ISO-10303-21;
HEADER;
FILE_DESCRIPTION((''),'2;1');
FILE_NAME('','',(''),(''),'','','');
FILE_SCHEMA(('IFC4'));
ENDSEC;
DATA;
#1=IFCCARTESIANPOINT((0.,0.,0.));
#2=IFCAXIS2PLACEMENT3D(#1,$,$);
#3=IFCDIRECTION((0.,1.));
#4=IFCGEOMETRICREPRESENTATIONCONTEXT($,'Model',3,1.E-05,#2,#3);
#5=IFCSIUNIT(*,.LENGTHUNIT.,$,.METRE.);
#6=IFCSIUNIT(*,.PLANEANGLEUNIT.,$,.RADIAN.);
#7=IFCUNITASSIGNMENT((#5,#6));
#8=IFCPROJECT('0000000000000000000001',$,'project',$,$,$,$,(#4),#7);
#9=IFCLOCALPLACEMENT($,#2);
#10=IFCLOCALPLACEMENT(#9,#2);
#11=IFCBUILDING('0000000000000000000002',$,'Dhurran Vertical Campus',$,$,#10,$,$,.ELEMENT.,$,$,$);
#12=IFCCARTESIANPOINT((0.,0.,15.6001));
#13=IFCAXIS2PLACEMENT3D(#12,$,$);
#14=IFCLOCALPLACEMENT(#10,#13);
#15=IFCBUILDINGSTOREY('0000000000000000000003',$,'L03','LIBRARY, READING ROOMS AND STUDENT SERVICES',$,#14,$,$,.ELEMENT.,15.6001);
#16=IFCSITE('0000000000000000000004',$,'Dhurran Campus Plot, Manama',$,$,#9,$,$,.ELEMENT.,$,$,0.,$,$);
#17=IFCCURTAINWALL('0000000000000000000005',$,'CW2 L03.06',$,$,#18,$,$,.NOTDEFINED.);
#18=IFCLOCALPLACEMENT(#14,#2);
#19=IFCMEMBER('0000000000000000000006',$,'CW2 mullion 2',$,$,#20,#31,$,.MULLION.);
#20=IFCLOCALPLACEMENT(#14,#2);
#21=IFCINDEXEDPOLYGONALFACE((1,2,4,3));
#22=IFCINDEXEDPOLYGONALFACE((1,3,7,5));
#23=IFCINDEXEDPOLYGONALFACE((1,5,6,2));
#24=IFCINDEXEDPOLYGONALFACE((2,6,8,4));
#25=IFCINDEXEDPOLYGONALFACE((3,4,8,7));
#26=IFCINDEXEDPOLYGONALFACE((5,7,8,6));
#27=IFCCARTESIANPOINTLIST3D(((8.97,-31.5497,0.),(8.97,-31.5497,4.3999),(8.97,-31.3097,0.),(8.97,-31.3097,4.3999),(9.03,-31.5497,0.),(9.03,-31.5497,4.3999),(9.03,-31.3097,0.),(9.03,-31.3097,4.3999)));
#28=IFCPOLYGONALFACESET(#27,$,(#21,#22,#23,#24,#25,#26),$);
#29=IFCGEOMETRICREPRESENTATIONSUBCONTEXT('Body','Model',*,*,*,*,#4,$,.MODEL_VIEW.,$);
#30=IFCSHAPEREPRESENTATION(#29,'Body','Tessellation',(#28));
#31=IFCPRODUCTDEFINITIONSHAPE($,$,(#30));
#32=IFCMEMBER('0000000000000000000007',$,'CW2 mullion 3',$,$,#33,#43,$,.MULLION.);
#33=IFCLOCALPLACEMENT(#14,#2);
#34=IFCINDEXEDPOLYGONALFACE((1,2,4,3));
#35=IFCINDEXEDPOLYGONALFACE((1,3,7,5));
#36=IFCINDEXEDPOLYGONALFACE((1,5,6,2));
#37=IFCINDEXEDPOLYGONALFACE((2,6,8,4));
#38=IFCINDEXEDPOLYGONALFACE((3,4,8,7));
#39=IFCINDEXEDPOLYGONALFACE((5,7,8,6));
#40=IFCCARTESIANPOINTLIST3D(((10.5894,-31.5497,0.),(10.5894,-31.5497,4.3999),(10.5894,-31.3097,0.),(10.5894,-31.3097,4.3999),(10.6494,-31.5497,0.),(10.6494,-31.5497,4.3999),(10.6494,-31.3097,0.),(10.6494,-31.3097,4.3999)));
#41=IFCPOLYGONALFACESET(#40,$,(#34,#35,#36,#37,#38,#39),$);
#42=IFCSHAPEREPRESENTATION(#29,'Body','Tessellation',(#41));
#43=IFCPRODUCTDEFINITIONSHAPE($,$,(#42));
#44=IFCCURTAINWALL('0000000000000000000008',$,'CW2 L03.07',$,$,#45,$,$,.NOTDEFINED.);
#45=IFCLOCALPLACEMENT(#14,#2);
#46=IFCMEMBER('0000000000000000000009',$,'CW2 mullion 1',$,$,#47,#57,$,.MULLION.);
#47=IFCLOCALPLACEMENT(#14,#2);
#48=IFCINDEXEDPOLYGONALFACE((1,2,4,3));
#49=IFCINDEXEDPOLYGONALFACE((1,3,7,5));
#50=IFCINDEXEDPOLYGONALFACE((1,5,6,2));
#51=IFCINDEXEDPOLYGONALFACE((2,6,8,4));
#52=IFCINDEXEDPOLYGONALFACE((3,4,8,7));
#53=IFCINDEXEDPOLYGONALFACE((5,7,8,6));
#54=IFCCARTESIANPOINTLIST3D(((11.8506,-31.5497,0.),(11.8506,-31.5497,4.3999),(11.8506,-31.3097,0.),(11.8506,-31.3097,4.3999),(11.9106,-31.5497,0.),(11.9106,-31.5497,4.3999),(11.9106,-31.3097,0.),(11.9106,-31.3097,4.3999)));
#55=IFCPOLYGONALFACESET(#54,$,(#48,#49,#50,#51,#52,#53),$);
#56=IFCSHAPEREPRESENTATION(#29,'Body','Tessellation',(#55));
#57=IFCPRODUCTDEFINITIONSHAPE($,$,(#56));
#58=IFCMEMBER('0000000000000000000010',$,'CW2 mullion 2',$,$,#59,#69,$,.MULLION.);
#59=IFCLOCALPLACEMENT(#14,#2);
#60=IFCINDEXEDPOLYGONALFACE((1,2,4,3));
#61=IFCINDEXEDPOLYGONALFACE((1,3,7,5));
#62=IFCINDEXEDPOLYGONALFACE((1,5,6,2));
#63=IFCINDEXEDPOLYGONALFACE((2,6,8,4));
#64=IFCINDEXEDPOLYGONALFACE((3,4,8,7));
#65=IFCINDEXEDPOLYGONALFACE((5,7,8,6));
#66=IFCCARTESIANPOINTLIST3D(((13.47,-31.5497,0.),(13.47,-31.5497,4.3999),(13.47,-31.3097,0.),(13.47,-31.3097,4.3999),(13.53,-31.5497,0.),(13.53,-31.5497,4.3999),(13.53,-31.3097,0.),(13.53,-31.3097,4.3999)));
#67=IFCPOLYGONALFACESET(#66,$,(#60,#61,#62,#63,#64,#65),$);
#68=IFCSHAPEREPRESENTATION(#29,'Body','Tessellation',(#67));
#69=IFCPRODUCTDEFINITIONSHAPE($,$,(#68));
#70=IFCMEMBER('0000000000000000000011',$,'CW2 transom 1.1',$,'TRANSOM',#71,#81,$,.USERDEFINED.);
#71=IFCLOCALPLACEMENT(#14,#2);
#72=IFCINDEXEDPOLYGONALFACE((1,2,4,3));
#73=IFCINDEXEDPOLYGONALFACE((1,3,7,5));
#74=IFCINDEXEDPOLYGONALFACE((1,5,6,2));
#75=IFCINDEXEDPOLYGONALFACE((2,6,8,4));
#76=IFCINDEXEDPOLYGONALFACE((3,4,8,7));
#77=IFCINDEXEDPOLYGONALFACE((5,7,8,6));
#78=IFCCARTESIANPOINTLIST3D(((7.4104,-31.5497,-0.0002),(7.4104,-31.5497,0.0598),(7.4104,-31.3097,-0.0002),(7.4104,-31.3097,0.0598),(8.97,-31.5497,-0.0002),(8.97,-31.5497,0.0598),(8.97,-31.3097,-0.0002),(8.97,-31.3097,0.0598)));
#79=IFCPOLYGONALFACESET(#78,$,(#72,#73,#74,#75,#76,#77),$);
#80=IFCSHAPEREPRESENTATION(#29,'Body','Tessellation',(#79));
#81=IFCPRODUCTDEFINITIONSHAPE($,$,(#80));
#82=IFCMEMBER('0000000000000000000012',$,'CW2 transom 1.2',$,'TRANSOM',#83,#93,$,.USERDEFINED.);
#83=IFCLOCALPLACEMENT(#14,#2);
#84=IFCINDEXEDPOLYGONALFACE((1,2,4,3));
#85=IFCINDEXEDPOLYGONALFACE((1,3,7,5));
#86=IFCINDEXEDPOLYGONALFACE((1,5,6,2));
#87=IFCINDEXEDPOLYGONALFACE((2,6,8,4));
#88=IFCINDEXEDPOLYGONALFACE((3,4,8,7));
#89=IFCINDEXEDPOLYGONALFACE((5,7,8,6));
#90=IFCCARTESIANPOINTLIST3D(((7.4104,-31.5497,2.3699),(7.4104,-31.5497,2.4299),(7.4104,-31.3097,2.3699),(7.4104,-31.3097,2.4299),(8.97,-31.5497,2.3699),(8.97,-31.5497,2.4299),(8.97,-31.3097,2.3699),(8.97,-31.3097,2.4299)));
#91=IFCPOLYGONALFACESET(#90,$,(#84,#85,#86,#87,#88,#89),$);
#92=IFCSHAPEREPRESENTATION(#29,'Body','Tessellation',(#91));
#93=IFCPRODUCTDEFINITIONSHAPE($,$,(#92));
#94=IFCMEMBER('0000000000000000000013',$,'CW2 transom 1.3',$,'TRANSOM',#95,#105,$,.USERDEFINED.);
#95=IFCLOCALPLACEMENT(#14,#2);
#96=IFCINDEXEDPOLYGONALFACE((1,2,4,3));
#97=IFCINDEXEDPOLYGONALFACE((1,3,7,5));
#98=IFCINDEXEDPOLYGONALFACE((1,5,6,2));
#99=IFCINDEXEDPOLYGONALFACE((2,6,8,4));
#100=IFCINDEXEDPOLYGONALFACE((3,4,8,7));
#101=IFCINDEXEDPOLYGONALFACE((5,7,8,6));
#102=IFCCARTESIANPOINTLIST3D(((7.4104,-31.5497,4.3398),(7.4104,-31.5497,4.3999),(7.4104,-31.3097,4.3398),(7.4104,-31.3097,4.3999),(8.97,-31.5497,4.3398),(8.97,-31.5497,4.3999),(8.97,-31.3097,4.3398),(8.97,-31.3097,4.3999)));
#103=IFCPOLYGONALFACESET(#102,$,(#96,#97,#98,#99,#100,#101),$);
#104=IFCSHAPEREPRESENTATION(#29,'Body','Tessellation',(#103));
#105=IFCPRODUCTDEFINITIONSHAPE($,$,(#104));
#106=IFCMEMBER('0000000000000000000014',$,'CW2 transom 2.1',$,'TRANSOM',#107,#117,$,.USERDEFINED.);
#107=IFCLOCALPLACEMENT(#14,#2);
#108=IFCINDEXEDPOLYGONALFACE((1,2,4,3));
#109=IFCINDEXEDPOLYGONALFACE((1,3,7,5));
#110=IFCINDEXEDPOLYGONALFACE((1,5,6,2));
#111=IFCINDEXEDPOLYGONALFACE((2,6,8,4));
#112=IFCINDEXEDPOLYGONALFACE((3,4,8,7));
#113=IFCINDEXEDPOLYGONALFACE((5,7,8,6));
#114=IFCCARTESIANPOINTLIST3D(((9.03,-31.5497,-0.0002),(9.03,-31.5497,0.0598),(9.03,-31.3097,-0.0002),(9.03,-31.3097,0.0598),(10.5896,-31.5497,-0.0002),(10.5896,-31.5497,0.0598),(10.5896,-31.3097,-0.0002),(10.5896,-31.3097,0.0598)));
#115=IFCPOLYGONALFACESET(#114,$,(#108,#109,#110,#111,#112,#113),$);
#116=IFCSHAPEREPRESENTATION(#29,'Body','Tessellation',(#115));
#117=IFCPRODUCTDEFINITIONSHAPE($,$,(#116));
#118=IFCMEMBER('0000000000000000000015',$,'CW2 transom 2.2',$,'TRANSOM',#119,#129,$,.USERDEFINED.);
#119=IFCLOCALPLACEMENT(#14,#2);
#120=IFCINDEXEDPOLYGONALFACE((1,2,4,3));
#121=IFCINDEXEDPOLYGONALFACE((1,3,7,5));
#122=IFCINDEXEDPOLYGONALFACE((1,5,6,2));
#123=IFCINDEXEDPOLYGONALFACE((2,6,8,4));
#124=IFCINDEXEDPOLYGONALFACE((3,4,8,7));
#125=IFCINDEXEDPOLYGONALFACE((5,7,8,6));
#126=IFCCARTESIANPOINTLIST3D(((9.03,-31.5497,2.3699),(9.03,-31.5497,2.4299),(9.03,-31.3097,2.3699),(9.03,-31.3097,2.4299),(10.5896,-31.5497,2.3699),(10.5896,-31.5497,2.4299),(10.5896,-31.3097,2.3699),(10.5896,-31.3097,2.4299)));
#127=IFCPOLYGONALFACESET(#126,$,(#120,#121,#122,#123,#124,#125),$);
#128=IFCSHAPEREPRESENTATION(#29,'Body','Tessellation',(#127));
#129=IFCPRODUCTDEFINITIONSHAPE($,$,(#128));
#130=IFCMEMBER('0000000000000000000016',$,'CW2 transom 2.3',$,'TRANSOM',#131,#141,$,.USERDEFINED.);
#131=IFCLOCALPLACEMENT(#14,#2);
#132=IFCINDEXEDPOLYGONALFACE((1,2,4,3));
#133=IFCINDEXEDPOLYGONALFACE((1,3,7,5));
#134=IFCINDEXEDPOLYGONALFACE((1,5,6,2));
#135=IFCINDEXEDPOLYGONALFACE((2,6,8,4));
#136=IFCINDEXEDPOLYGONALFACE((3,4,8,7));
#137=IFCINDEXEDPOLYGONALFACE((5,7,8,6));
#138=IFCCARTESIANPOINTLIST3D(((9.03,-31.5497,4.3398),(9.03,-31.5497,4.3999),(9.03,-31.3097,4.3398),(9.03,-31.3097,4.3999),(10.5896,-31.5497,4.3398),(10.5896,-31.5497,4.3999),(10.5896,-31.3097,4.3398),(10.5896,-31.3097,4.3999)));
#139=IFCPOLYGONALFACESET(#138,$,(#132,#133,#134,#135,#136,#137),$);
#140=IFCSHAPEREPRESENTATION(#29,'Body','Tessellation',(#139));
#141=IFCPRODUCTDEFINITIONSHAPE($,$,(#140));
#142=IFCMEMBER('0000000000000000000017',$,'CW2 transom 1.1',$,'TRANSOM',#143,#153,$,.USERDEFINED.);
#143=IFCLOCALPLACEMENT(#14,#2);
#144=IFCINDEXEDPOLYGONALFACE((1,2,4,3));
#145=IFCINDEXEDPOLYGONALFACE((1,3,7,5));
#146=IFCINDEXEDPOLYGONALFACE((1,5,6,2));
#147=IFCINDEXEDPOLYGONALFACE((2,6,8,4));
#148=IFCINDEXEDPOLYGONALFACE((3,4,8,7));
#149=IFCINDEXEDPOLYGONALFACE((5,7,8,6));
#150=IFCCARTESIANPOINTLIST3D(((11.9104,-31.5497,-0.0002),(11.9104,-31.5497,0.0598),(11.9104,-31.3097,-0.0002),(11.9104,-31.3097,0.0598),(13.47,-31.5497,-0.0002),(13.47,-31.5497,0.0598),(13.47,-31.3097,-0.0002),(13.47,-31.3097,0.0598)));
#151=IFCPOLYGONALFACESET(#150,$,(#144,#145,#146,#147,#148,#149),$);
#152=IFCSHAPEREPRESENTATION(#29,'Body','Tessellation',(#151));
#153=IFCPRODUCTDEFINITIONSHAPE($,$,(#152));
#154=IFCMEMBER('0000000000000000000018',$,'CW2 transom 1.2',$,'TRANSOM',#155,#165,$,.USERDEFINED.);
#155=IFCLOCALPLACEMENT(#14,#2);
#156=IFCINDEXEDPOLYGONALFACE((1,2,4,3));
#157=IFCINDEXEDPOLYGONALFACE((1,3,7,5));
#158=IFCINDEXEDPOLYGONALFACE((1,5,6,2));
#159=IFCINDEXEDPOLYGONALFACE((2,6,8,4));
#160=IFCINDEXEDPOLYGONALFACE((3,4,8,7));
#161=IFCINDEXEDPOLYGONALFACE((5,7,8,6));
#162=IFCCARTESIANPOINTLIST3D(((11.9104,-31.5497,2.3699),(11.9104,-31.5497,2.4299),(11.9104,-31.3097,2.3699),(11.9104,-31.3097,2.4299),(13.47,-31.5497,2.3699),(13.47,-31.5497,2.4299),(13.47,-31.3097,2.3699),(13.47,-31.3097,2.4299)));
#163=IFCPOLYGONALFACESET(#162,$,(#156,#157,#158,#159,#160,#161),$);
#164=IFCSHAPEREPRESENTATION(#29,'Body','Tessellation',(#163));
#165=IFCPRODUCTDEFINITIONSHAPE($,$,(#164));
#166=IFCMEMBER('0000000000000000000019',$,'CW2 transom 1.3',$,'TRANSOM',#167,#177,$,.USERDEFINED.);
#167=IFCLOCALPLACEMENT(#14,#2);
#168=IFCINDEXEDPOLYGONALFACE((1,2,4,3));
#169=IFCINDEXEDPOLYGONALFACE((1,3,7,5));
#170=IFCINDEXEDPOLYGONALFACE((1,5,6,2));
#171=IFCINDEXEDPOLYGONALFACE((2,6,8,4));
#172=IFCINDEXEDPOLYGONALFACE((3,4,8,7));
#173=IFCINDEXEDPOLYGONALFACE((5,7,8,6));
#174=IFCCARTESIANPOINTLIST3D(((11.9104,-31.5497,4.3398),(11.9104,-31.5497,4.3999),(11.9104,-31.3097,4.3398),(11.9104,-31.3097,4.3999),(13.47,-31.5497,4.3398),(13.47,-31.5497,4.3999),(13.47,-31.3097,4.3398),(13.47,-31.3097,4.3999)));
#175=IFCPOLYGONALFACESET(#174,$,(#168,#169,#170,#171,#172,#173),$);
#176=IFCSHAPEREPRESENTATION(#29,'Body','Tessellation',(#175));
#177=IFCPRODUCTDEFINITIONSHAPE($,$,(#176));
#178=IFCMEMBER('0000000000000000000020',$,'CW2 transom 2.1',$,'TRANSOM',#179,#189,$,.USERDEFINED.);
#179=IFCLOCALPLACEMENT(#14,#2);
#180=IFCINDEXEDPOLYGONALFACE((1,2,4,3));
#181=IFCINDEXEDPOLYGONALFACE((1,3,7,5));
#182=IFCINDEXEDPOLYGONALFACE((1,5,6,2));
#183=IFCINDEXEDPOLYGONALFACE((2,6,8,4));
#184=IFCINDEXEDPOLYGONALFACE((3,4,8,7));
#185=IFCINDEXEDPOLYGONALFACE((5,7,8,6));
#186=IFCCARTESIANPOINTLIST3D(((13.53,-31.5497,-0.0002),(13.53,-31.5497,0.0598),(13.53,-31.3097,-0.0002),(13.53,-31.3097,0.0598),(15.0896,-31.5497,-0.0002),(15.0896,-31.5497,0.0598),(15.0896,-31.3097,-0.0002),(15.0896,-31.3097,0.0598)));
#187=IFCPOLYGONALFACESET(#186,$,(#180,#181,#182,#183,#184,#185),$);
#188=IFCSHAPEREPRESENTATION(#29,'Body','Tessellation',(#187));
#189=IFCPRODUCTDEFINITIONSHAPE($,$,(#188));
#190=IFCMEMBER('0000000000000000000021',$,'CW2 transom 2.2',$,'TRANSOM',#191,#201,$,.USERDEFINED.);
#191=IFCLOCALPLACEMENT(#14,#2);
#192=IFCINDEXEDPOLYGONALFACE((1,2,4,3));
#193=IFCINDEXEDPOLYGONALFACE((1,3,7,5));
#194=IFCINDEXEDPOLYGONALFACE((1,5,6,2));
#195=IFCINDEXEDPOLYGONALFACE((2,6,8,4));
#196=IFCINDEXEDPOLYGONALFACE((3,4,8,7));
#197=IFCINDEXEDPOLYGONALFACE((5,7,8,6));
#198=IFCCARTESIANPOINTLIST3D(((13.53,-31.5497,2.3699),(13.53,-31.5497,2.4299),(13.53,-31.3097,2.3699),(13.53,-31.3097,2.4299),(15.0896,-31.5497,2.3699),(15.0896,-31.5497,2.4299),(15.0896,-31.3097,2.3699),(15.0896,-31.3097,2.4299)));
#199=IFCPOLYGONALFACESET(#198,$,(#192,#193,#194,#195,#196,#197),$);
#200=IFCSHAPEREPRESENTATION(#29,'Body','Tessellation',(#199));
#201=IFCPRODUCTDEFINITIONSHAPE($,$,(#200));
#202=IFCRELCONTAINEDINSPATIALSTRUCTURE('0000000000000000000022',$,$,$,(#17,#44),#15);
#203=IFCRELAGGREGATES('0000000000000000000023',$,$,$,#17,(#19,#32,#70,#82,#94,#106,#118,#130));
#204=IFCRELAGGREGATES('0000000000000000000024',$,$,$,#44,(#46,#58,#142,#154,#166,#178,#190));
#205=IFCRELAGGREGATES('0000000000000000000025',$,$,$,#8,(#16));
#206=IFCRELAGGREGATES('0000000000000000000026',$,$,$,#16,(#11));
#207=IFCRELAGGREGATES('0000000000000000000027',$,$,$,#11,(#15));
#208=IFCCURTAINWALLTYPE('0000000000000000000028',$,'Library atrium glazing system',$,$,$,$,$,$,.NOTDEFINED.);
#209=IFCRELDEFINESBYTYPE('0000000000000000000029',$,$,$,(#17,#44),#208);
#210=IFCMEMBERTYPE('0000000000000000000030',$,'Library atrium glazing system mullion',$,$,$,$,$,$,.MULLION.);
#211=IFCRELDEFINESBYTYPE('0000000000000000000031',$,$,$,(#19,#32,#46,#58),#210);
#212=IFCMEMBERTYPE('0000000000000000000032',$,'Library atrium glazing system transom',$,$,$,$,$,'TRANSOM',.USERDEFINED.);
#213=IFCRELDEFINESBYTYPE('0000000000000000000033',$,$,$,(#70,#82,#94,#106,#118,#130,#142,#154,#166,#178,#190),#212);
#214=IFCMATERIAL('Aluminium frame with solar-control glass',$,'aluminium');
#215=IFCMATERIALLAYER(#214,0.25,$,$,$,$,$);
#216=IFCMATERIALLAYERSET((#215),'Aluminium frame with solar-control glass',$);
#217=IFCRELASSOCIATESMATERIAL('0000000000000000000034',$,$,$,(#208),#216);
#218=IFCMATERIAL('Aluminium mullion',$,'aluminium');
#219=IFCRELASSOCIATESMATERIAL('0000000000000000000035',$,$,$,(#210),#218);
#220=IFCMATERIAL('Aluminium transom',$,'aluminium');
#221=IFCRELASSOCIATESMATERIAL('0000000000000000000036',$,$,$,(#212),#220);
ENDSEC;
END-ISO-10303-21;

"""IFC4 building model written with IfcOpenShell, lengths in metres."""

from ifc_helpers import new_model, si_unit, direction, frame, origin, origin_2d, place, context, subcontext, project, spatial, rectangle, extrude, material, layer, layer_set, material_profile, profile_set, type_object, element, aggregate, save


model = new_model("IFC4")

# Units and contexts
model_context = context("Model", 3, precision=1e-05, world=origin(), true_north=direction((0.0, 1.0)))
body_context = subcontext(model_context, "Body", "Model", "MODEL_VIEW")
ifc_project = project(units=[si_unit("LENGTHUNIT", "METRE"), si_unit("PLANEANGLEUNIT", "RADIAN")], contexts=[model_context])

# Site, building, storey
site_placement = place(None, origin())
site = spatial("IfcSite", under=ifc_project, at=site_placement, Name="Dhurran Campus Plot, Manama", CompositionType="ELEMENT", RefElevation=0.0)
building_placement = place(site_placement, origin())
building = spatial("IfcBuilding", under=site, at=building_placement, Name="Dhurran Vertical Campus", CompositionType="ELEMENT")
storey_placement = place(building_placement, frame((0.0, 0.0, 15.6001)))
storey = spatial("IfcBuildingStorey", under=building, at=storey_placement, Name="L03", Description="LIBRARY, READING ROOMS AND STUDENT SERVICES", CompositionType="ELEMENT", Elevation=15.6001)

# Curtain walls, members
ifc_material_1 = material(Name="Aluminium frame with solar-control glass", Category="aluminium")
ifc_layer_1 = layer(ifc_material_1, 0.25)
ifc_layer_set_1 = layer_set([ifc_layer_1], Name="Aluminium frame with solar-control glass")
curtain_wall_type = type_object("IfcCurtainWallType", Name="Library atrium glazing system", PredefinedType="NOTDEFINED", material=ifc_layer_set_1)
curtain_wall_1_placement = place(storey_placement, origin())
curtain_wall_1 = element("IfcCurtainWall", 1, at=curtain_wall_1_placement, inside=storey, type_object=curtain_wall_type, Name="CW2 L03.06", PredefinedType="NOTDEFINED")
ifc_material_2 = material(Name="Aluminium mullion", Category="aluminium")
ifc_material_profile_1 = material_profile(ifc_material_2, rectangle(XDim=0.24, YDim=0.0601, at=origin_2d()), Name="Library atrium glazing system mullion")
ifc_profile_set_1 = profile_set([ifc_material_profile_1], Name="Aluminium mullion")
member_type_1 = type_object("IfcMemberType", Name="Library atrium glazing system mullion", PredefinedType="MULLION", material=ifc_profile_set_1)
member_1_placement = place(storey_placement, frame((9.0, -31.4297, 0.0), z_axis=(0.0, 0.0, 1.0), x_axis=(0.0, 1.0, 0.0)))
member_1 = element("IfcMember", 2, at=member_1_placement, type_object=member_type_1, Name="CW2 mullion 2", PredefinedType="MULLION", context=body_context, shape_type="SweptSolid", body=[
    extrude(rectangle(XDim=0.24, YDim=0.0601, at=origin_2d()), origin(), (0.0, 0.0, 1.0), 4.3999),
])
member_2_placement = place(storey_placement, frame((10.6194, -31.4297, 0.0), z_axis=(0.0, 0.0, 1.0), x_axis=(0.0, 1.0, 0.0)))
member_2 = element("IfcMember", 3, at=member_2_placement, type_object=member_type_1, Name="CW2 mullion 3", PredefinedType="MULLION", context=body_context, shape_type="SweptSolid", body=[
    extrude(rectangle(XDim=0.24, YDim=0.0601, at=origin_2d()), origin(), (0.0, 0.0, 1.0), 4.3999),
])
curtain_wall_2_placement = place(storey_placement, origin())
curtain_wall_2 = element("IfcCurtainWall", 4, at=curtain_wall_2_placement, inside=storey, type_object=curtain_wall_type, Name="CW2 L03.07", PredefinedType="NOTDEFINED")
member_3_placement = place(storey_placement, frame((11.8806, -31.4297, 0.0), z_axis=(0.0, 0.0, 1.0), x_axis=(0.0, 1.0, 0.0)))
member_3 = element("IfcMember", 5, at=member_3_placement, type_object=member_type_1, Name="CW2 mullion 1", PredefinedType="MULLION", context=body_context, shape_type="SweptSolid", body=[
    extrude(rectangle(XDim=0.24, YDim=0.0601, at=origin_2d()), origin(), (0.0, 0.0, 1.0), 4.3999),
])
member_4_placement = place(storey_placement, frame((13.5, -31.4297, 0.0), z_axis=(0.0, 0.0, 1.0), x_axis=(0.0, 1.0, 0.0)))
member_4 = element("IfcMember", 6, at=member_4_placement, type_object=member_type_1, Name="CW2 mullion 2", PredefinedType="MULLION", context=body_context, shape_type="SweptSolid", body=[
    extrude(rectangle(XDim=0.24, YDim=0.0601, at=origin_2d()), origin(), (0.0, 0.0, 1.0), 4.3999),
])

# Members
ifc_material_3 = material(Name="Aluminium transom", Category="aluminium")
ifc_material_profile_2 = material_profile(ifc_material_3, rectangle(XDim=0.24, YDim=0.0601, at=origin_2d()), Name="Library atrium glazing system transom")
ifc_profile_set_2 = profile_set([ifc_material_profile_2], Name="Aluminium transom")
member_type_2 = type_object("IfcMemberType", Name="Library atrium glazing system transom", ElementType="TRANSOM", PredefinedType="USERDEFINED", material=ifc_profile_set_2)
member_5_placement = place(storey_placement, frame((7.4104, -31.4297, 0.0298), z_axis=(1.0, 0.0, 0.0), x_axis=(0.0, 1.0, 0.0)))
member_5 = element("IfcMember", 7, at=member_5_placement, type_object=member_type_2, Name="CW2 transom 1.1", ObjectType="TRANSOM", PredefinedType="USERDEFINED", context=body_context, shape_type="SweptSolid", body=[
    extrude(rectangle(XDim=0.24, YDim=0.0601, at=origin_2d()), origin(), (0.0, 0.0, 1.0), 1.5596),
])
member_6_placement = place(storey_placement, frame((7.4104, -31.4297, 2.3999), z_axis=(1.0, 0.0, 0.0), x_axis=(0.0, 1.0, 0.0)))
member_6 = element("IfcMember", 8, at=member_6_placement, type_object=member_type_2, Name="CW2 transom 1.2", ObjectType="TRANSOM", PredefinedType="USERDEFINED", context=body_context, shape_type="SweptSolid", body=[
    extrude(rectangle(XDim=0.24, YDim=0.0601, at=origin_2d()), origin(), (0.0, 0.0, 1.0), 1.5596),
])
member_7_placement = place(storey_placement, frame((7.4104, -31.4297, 4.3699), z_axis=(1.0, 0.0, 0.0), x_axis=(0.0, 1.0, 0.0)))
member_7 = element("IfcMember", 9, at=member_7_placement, type_object=member_type_2, Name="CW2 transom 1.3", ObjectType="TRANSOM", PredefinedType="USERDEFINED", context=body_context, shape_type="SweptSolid", body=[
    extrude(rectangle(XDim=0.24, YDim=0.0601, at=origin_2d()), origin(), (0.0, 0.0, 1.0), 1.5596),
])
member_8_placement = place(storey_placement, frame((9.03, -31.4297, 0.0298), z_axis=(1.0, 0.0, 0.0), x_axis=(0.0, 1.0, 0.0)))
member_8 = element("IfcMember", 10, at=member_8_placement, type_object=member_type_2, Name="CW2 transom 2.1", ObjectType="TRANSOM", PredefinedType="USERDEFINED", context=body_context, shape_type="SweptSolid", body=[
    extrude(rectangle(XDim=0.24, YDim=0.0601, at=origin_2d()), origin(), (0.0, 0.0, 1.0), 1.5596),
])
member_9_placement = place(storey_placement, frame((9.03, -31.4297, 2.3999), z_axis=(1.0, 0.0, 0.0), x_axis=(0.0, 1.0, 0.0)))
member_9 = element("IfcMember", 11, at=member_9_placement, type_object=member_type_2, Name="CW2 transom 2.2", ObjectType="TRANSOM", PredefinedType="USERDEFINED", context=body_context, shape_type="SweptSolid", body=[
    extrude(rectangle(XDim=0.24, YDim=0.0601, at=origin_2d()), origin(), (0.0, 0.0, 1.0), 1.5596),
])
member_10_placement = place(storey_placement, frame((9.03, -31.4297, 4.3699), z_axis=(1.0, 0.0, 0.0), x_axis=(0.0, 1.0, 0.0)))
member_10 = element("IfcMember", 12, at=member_10_placement, type_object=member_type_2, Name="CW2 transom 2.3", ObjectType="TRANSOM", PredefinedType="USERDEFINED", context=body_context, shape_type="SweptSolid", body=[
    extrude(rectangle(XDim=0.24, YDim=0.0601, at=origin_2d()), origin(), (0.0, 0.0, 1.0), 1.5596),
])
member_11_placement = place(storey_placement, frame((11.9104, -31.4297, 0.0298), z_axis=(1.0, 0.0, 0.0), x_axis=(0.0, 1.0, 0.0)))
member_11 = element("IfcMember", 13, at=member_11_placement, type_object=member_type_2, Name="CW2 transom 1.1", ObjectType="TRANSOM", PredefinedType="USERDEFINED", context=body_context, shape_type="SweptSolid", body=[
    extrude(rectangle(XDim=0.24, YDim=0.0601, at=origin_2d()), origin(), (0.0, 0.0, 1.0), 1.5596),
])
member_12_placement = place(storey_placement, frame((11.9104, -31.4297, 2.3999), z_axis=(1.0, 0.0, 0.0), x_axis=(0.0, 1.0, 0.0)))
member_12 = element("IfcMember", 14, at=member_12_placement, type_object=member_type_2, Name="CW2 transom 1.2", ObjectType="TRANSOM", PredefinedType="USERDEFINED", context=body_context, shape_type="SweptSolid", body=[
    extrude(rectangle(XDim=0.24, YDim=0.0601, at=origin_2d()), origin(), (0.0, 0.0, 1.0), 1.5596),
])
member_13_placement = place(storey_placement, frame((11.9104, -31.4297, 4.3699), z_axis=(1.0, 0.0, 0.0), x_axis=(0.0, 1.0, 0.0)))
member_13 = element("IfcMember", 15, at=member_13_placement, type_object=member_type_2, Name="CW2 transom 1.3", ObjectType="TRANSOM", PredefinedType="USERDEFINED", context=body_context, shape_type="SweptSolid", body=[
    extrude(rectangle(XDim=0.24, YDim=0.0601, at=origin_2d()), origin(), (0.0, 0.0, 1.0), 1.5596),
])
member_14_placement = place(storey_placement, frame((13.53, -31.4297, 0.0298), z_axis=(1.0, 0.0, 0.0), x_axis=(0.0, 1.0, 0.0)))
member_14 = element("IfcMember", 16, at=member_14_placement, type_object=member_type_2, Name="CW2 transom 2.1", ObjectType="TRANSOM", PredefinedType="USERDEFINED", context=body_context, shape_type="SweptSolid", body=[
    extrude(rectangle(XDim=0.24, YDim=0.0601, at=origin_2d()), origin(), (0.0, 0.0, 1.0), 1.5596),
])
member_15_placement = place(storey_placement, frame((13.53, -31.4297, 2.3999), z_axis=(1.0, 0.0, 0.0), x_axis=(0.0, 1.0, 0.0)))
member_15 = element("IfcMember", 17, at=member_15_placement, type_object=member_type_2, Name="CW2 transom 2.2", ObjectType="TRANSOM", PredefinedType="USERDEFINED", context=body_context, shape_type="SweptSolid", body=[
    extrude(rectangle(XDim=0.24, YDim=0.0601, at=origin_2d()), origin(), (0.0, 0.0, 1.0), 1.5596),
])

aggregate(curtain_wall_1, [member_1, member_2, member_5, member_6, member_7, member_8, member_9, member_10])
aggregate(curtain_wall_2, [member_3, member_4, member_11, member_12, member_13, member_14, member_15])

save(model, "model.ifc")
